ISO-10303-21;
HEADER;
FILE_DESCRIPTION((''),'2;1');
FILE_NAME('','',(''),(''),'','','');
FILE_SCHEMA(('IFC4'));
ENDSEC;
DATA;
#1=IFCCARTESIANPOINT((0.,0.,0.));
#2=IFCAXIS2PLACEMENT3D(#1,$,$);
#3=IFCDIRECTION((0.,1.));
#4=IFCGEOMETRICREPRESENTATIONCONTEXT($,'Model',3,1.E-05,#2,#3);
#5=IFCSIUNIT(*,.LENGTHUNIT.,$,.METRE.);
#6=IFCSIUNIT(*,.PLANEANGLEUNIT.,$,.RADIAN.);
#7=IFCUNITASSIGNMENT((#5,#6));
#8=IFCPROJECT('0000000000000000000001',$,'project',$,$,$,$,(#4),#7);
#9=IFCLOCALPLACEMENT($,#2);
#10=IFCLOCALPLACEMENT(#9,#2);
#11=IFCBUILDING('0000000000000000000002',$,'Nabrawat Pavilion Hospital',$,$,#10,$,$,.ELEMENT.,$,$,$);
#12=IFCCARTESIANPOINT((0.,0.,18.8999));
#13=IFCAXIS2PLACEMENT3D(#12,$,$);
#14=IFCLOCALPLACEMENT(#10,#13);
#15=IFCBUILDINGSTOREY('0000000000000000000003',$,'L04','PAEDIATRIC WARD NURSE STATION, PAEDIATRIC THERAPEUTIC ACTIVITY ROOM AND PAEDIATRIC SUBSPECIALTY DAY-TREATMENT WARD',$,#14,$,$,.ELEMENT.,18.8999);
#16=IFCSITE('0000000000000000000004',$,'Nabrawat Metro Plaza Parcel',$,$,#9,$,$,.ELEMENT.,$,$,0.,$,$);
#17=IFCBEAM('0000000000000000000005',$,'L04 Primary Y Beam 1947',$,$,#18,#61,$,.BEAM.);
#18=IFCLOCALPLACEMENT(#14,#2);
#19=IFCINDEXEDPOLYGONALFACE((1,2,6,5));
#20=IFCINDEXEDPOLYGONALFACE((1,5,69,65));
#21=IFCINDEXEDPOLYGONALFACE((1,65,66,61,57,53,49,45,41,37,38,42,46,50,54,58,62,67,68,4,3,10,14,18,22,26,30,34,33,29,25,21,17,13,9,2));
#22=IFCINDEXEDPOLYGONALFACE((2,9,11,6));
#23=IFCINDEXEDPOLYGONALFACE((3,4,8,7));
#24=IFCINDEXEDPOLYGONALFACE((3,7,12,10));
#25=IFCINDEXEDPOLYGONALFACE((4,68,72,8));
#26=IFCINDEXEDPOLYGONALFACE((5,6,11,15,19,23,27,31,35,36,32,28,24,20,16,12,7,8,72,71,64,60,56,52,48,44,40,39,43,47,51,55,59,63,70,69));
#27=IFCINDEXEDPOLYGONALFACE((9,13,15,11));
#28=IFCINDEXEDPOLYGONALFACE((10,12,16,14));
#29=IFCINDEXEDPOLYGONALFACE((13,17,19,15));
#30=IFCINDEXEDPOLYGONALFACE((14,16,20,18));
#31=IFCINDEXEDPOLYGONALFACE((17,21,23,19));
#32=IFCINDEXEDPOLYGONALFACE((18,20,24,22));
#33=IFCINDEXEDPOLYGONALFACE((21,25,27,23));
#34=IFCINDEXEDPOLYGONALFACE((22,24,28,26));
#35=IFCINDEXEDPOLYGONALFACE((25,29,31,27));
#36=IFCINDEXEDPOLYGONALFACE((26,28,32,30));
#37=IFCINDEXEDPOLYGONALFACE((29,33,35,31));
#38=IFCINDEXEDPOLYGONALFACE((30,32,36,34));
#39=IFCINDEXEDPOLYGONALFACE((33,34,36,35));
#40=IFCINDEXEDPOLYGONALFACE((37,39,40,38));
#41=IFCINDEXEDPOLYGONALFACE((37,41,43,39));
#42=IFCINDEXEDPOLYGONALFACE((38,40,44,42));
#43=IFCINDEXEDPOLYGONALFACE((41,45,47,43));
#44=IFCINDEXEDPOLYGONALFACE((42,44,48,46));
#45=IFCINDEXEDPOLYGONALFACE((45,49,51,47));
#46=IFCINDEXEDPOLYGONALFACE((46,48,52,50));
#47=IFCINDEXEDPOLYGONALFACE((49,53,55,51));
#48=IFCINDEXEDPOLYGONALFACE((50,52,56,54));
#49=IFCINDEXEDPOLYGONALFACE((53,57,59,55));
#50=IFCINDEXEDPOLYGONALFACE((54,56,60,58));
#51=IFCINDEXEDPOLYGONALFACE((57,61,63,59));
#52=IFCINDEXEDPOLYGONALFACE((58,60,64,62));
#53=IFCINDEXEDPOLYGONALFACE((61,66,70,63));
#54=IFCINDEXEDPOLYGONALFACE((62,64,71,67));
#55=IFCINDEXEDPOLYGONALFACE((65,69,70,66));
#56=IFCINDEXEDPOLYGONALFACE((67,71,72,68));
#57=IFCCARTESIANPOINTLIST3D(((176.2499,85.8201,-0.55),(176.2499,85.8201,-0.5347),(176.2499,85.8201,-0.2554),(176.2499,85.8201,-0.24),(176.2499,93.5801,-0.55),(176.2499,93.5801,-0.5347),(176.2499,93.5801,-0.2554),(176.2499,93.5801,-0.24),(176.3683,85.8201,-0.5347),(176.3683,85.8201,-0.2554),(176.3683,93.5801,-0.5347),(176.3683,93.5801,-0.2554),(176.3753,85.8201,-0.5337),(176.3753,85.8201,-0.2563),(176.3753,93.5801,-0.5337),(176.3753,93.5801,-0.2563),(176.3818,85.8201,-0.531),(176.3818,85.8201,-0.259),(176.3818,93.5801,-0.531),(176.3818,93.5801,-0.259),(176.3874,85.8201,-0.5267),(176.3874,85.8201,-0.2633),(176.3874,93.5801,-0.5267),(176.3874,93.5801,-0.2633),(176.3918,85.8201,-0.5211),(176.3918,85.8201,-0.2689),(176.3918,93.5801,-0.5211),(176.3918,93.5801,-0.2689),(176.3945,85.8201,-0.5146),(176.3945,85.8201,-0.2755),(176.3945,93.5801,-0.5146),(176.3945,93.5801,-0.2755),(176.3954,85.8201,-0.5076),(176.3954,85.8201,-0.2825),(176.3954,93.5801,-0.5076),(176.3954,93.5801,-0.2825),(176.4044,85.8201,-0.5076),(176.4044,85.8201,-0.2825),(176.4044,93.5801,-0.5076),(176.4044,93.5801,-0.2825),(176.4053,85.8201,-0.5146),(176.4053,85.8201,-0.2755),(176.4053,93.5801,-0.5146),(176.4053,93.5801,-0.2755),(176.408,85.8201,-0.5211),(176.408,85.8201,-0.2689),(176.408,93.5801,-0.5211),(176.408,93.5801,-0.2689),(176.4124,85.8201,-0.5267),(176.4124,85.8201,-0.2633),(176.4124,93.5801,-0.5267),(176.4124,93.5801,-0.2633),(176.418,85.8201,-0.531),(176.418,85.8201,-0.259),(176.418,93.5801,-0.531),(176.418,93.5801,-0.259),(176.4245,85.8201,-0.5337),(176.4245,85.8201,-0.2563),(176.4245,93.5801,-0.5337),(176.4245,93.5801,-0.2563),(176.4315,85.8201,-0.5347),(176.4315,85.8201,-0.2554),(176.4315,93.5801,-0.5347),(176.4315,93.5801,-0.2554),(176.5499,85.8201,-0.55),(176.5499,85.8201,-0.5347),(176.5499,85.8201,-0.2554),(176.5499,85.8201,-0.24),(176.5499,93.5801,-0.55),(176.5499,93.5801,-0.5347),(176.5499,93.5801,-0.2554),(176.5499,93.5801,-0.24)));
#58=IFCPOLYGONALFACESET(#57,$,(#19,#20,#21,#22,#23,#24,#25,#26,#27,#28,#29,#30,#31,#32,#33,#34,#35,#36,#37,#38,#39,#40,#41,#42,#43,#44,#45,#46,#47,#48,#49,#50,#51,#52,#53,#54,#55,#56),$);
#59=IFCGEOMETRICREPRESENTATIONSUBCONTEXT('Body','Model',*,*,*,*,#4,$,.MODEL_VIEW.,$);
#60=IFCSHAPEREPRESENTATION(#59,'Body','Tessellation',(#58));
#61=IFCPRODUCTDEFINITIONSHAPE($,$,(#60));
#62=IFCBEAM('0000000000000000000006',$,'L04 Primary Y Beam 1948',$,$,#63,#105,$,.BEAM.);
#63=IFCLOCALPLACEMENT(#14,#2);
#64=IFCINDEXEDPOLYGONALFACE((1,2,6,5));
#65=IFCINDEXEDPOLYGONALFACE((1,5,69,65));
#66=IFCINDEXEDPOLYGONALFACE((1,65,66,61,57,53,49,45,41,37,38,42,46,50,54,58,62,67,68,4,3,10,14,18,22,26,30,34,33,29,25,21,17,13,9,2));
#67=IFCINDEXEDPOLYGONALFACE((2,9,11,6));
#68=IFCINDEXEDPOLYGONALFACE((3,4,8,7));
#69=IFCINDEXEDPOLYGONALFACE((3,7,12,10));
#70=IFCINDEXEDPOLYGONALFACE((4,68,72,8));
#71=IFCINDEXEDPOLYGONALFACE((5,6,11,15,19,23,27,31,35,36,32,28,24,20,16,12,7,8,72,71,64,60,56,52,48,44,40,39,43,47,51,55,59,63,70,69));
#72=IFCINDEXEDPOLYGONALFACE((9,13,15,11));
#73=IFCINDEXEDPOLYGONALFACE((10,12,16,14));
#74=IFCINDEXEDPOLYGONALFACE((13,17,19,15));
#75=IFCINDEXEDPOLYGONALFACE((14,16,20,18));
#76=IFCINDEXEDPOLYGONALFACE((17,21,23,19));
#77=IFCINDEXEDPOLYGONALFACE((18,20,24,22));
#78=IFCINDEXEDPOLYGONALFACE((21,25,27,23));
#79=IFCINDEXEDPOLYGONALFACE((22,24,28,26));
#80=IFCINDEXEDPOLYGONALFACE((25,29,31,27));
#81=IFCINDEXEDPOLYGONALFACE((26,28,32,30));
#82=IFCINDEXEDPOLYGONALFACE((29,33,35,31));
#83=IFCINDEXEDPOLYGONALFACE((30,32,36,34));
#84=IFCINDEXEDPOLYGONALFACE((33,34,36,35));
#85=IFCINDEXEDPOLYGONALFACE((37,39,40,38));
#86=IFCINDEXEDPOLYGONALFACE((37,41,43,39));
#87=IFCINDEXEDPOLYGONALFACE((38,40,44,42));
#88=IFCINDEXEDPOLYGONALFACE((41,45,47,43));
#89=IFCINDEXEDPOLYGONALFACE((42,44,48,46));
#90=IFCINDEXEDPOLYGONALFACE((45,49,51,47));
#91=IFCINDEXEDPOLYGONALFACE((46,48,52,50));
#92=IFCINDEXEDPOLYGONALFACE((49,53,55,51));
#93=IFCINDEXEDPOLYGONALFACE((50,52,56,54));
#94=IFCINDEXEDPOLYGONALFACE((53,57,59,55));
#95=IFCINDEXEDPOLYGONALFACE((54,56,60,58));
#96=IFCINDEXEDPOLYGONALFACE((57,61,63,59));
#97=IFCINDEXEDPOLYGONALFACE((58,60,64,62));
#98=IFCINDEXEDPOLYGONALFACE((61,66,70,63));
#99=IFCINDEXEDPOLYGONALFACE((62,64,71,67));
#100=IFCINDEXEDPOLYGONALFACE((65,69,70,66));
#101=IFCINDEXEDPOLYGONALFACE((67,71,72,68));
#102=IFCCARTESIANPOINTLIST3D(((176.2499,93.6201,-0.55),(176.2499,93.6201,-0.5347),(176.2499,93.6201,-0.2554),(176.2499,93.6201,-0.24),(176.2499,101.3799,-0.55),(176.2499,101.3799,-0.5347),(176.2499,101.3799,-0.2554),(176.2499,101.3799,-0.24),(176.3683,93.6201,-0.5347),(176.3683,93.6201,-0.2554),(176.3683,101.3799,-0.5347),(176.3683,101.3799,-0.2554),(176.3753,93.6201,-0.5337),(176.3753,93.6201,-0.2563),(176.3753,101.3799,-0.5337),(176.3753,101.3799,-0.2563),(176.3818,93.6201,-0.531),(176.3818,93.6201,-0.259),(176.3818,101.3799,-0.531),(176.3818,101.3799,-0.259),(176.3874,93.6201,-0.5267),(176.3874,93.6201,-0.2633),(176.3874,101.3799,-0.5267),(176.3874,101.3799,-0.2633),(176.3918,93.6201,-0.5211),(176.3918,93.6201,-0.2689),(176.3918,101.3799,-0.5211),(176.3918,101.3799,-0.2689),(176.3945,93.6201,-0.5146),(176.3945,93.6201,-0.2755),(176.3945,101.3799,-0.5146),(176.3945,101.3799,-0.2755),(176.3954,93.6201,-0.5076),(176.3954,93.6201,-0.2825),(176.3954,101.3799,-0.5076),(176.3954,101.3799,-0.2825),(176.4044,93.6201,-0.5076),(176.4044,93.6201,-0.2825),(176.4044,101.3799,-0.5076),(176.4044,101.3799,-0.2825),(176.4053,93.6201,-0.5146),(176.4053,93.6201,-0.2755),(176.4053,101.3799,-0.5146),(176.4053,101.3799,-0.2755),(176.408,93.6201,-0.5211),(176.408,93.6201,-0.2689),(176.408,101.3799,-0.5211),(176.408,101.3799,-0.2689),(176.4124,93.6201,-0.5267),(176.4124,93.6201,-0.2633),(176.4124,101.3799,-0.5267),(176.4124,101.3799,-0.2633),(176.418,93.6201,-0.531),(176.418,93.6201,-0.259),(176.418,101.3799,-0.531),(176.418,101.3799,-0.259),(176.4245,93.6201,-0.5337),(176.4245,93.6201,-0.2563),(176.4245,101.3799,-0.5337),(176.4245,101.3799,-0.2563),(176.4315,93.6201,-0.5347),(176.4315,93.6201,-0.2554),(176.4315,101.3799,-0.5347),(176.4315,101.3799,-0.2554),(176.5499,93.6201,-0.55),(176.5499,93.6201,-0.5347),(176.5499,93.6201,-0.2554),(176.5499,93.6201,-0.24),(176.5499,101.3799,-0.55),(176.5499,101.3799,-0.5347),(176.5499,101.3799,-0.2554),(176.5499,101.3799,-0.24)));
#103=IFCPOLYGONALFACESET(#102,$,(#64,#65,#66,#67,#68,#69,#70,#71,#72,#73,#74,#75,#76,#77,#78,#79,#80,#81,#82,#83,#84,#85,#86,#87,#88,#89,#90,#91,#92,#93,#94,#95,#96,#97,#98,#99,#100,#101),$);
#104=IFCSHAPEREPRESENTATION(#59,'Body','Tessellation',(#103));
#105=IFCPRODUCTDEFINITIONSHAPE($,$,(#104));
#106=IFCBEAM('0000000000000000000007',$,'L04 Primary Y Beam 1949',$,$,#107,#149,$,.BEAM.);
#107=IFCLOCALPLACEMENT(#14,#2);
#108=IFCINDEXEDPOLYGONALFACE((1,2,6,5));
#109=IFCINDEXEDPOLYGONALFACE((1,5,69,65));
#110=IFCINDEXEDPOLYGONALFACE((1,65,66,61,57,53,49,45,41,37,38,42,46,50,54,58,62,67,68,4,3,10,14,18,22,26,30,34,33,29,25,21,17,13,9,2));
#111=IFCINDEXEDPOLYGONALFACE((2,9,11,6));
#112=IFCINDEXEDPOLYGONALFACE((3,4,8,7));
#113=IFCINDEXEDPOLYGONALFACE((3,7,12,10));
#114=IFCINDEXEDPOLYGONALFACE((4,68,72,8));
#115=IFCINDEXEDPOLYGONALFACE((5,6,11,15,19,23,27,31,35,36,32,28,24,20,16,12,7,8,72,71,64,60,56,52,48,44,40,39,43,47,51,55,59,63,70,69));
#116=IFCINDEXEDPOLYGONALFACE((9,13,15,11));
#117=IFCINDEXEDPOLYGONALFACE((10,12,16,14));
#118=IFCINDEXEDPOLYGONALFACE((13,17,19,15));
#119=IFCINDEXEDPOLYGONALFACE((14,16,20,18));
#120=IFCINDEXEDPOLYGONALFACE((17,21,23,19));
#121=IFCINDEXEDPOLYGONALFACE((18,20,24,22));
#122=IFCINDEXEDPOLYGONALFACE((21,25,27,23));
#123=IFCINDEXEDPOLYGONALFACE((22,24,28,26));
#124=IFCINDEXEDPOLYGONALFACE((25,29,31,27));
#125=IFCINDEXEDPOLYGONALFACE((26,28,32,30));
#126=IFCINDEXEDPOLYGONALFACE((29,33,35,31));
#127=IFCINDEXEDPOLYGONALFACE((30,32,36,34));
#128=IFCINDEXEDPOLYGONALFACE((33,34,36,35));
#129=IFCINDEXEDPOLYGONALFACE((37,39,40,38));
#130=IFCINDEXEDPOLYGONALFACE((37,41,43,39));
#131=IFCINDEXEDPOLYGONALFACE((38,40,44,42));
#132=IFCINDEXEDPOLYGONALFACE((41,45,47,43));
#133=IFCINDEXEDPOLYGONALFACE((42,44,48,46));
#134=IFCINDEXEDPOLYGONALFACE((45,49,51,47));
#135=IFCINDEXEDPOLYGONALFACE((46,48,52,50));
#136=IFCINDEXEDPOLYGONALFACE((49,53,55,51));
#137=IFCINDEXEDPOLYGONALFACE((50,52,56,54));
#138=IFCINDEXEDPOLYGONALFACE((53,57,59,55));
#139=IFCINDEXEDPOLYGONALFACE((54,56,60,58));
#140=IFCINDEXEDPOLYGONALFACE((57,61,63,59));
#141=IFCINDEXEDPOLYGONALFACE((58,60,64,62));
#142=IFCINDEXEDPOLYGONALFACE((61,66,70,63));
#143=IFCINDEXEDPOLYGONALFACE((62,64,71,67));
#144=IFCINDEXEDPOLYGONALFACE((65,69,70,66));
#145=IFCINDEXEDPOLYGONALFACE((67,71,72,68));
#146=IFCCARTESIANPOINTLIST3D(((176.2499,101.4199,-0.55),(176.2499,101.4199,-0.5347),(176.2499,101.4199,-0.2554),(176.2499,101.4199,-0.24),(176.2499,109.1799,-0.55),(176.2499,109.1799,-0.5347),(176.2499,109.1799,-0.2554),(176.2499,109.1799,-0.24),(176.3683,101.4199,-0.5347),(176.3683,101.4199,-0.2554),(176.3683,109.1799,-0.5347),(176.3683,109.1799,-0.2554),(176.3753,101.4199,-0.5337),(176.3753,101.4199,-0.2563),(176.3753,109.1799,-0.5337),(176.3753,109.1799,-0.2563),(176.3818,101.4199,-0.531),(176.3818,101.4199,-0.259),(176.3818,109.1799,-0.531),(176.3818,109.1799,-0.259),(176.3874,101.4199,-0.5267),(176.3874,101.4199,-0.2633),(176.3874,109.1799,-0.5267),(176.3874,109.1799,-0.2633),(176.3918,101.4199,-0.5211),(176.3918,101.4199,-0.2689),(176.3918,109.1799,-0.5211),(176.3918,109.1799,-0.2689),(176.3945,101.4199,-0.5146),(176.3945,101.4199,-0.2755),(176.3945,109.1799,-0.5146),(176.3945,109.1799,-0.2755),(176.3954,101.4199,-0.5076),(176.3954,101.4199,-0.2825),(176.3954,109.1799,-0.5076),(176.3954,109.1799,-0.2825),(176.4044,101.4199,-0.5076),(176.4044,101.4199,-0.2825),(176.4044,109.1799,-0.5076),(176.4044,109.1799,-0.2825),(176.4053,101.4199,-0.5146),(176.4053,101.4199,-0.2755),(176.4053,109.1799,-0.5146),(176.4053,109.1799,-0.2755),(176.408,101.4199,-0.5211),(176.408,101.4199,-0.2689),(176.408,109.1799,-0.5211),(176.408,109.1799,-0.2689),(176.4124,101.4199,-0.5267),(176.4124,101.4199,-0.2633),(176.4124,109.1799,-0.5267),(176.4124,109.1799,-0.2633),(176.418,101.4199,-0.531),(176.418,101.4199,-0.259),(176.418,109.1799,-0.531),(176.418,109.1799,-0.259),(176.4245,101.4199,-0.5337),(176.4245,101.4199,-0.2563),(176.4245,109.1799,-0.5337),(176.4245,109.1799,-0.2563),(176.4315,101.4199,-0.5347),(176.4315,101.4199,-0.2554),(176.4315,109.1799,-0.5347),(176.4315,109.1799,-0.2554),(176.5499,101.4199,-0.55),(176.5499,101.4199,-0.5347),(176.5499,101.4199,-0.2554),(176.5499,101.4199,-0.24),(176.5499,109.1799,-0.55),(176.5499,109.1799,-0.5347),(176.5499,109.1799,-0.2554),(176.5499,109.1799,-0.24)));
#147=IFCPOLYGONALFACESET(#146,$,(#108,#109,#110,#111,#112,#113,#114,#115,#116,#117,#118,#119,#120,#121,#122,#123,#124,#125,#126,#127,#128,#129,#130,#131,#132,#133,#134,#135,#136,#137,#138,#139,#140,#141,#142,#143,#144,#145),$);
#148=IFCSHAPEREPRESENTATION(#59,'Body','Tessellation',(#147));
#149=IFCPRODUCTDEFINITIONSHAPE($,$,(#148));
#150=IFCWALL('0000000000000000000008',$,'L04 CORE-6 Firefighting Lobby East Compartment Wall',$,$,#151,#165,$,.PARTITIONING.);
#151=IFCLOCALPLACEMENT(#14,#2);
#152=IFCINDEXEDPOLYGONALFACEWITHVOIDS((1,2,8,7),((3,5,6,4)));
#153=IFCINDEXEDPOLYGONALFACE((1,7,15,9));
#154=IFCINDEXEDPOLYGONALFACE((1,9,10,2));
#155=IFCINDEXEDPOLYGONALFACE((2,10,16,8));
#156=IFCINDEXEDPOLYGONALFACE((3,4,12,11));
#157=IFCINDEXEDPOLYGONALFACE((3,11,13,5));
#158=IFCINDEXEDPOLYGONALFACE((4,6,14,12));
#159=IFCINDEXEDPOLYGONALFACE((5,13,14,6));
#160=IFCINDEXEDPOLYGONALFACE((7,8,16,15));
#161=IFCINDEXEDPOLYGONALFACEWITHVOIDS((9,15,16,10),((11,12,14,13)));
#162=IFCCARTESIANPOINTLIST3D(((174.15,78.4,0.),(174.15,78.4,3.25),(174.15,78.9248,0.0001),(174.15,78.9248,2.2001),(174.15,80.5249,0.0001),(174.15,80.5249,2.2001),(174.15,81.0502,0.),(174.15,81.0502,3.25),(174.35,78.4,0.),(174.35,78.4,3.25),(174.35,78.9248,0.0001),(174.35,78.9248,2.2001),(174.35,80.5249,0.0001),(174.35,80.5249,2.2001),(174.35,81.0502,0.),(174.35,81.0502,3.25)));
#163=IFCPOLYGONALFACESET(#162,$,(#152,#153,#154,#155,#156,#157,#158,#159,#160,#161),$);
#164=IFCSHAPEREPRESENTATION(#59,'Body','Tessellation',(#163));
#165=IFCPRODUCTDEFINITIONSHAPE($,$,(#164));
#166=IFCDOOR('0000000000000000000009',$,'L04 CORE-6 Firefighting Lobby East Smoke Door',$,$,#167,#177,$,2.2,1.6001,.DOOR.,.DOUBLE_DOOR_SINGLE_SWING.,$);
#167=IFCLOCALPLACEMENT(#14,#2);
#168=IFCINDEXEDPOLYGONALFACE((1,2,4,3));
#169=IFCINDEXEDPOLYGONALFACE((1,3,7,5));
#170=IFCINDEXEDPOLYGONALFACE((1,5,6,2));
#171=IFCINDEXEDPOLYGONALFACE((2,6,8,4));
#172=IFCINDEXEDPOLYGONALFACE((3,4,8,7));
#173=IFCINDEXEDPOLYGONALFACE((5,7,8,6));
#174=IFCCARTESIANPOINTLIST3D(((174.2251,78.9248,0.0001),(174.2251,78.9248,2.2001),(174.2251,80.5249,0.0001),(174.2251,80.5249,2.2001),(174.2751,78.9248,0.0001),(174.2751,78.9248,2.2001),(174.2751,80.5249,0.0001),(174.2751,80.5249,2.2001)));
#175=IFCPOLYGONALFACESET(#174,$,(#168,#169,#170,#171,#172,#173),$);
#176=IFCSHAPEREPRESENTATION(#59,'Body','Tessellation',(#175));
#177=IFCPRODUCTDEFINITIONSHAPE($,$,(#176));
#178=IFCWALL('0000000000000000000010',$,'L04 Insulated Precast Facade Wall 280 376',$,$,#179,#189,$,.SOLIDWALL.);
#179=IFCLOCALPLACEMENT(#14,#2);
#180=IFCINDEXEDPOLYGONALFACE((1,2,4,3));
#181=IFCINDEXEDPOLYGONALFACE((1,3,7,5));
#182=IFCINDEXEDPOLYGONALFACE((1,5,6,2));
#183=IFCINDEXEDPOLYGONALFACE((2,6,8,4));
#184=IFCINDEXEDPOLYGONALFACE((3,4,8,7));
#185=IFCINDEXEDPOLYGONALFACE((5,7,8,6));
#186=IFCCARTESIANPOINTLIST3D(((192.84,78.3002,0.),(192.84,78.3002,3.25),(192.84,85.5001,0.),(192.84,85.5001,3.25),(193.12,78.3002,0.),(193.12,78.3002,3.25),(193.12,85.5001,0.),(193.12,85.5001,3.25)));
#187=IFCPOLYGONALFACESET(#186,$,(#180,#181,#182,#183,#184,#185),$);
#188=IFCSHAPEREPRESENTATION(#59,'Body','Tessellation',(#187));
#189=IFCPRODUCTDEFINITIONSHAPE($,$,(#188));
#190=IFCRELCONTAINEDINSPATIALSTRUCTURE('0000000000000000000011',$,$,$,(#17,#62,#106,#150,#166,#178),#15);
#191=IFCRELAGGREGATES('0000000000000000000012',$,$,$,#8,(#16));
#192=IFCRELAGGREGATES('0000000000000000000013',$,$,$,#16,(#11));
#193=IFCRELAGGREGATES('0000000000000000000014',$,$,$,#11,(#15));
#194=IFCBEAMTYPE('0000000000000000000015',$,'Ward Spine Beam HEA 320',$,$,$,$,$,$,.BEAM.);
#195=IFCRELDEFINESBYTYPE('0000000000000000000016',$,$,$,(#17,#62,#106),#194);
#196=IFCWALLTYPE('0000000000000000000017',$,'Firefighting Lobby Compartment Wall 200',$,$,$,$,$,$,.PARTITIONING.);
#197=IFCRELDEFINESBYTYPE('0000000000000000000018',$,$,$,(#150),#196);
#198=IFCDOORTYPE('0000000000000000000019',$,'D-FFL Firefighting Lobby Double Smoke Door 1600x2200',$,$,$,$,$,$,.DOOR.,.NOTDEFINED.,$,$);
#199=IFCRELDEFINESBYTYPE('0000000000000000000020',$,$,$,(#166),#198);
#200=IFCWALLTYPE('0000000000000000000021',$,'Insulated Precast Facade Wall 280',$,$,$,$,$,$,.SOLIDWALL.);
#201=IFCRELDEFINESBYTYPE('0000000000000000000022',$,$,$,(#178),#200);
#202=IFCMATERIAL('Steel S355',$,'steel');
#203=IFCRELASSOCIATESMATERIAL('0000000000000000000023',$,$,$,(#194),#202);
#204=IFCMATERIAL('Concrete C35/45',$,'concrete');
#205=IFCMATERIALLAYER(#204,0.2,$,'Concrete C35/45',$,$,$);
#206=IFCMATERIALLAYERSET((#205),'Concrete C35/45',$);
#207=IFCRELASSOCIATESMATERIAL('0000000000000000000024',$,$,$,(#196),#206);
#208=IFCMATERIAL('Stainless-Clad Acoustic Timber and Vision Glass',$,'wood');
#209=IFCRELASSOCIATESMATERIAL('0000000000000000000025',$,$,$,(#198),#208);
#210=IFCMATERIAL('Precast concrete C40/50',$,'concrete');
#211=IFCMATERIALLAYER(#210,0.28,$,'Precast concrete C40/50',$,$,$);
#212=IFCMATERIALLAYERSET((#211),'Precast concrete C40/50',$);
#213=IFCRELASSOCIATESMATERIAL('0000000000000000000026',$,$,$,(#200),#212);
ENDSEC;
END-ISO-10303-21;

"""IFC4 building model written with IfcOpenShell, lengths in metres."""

from ifc_helpers import new_model, si_unit, direction, frame, frame_2d, origin, origin_2d, place, context, subcontext, project, spatial, rectangle, i_section, extrude, material, layer, layer_set, material_profile, profile_set, type_object, element, fill, save


model = new_model("IFC4")

# Units and contexts
model_context = context("Model", 3, precision=1e-05, world=origin(), true_north=direction((0.0, 1.0)))
body_context = subcontext(model_context, "Body", "Model", "MODEL_VIEW")
ifc_project = project(units=[si_unit("LENGTHUNIT", "METRE"), si_unit("PLANEANGLEUNIT", "RADIAN")], contexts=[model_context])

# Site, building, storey
site_placement = place(None, origin())
site = spatial("IfcSite", under=ifc_project, at=site_placement, Name="Nabrawat Metro Plaza Parcel", CompositionType="ELEMENT", RefElevation=0.0)
building_placement = place(site_placement, origin())
building = spatial("IfcBuilding", under=site, at=building_placement, Name="Nabrawat Pavilion Hospital", CompositionType="ELEMENT")
storey_placement = place(building_placement, frame((0.0, 0.0, 18.8999)))
storey = spatial("IfcBuildingStorey", under=building, at=storey_placement, Name="L04", Description="PAEDIATRIC WARD NURSE STATION, PAEDIATRIC THERAPEUTIC ACTIVITY ROOM AND PAEDIATRIC SUBSPECIALTY DAY-TREATMENT WARD", CompositionType="ELEMENT", Elevation=18.8999)

# Shared definitions
ifc_material_1 = material(Name="Steel S355", Category="steel")

# Beams
ifc_material_profile_1 = material_profile(ifc_material_1, i_section(OverallWidth=0.3, OverallDepth=0.3101, WebThickness=0.009, FlangeThickness=0.0154, FilletRadius=0.0271, at=origin_2d()), Name="HEA 320")
ifc_profile_set_1 = profile_set([ifc_material_profile_1], Name="Steel S355")
beam_type_1 = type_object("IfcBeamType", Name="Ward Spine Beam HEA 320", PredefinedType="BEAM", material=ifc_profile_set_1)
beam_1_placement = place(storey_placement, frame((176.3999, 85.8201, -0.395), z_axis=(0.0, 1.0, 0.0), x_axis=(-1.0, 0.0, 0.0)))
element("IfcBeam", 1, at=beam_1_placement, inside=storey, type_object=beam_type_1, Name="L04 Primary Y Beam 1947", PredefinedType="BEAM", context=body_context, shape_type="SweptSolid", body=[
    extrude(i_section(OverallWidth=0.3, OverallDepth=0.3101, WebThickness=0.009, FlangeThickness=0.0154, FilletRadius=0.0271, at=origin_2d()), origin(), (0.0, 0.0, 1.0), 7.76),
])
beam_2_placement = place(storey_placement, frame((176.3999, 93.6201, -0.395), z_axis=(0.0, 1.0, 0.0), x_axis=(-1.0, 0.0, 0.0)))
element("IfcBeam", 2, at=beam_2_placement, inside=storey, type_object=beam_type_1, Name="L04 Primary Y Beam 1948", PredefinedType="BEAM", context=body_context, shape_type="SweptSolid", body=[
    extrude(i_section(OverallWidth=0.3, OverallDepth=0.3101, WebThickness=0.009, FlangeThickness=0.0154, FilletRadius=0.0271, at=origin_2d()), origin(), (0.0, 0.0, 1.0), 7.7598),
])
beam_3_placement = place(storey_placement, frame((176.3999, 101.4199, -0.395), z_axis=(0.0, 1.0, 0.0), x_axis=(-1.0, 0.0, 0.0)))
element("IfcBeam", 3, at=beam_3_placement, inside=storey, type_object=beam_type_1, Name="L04 Primary Y Beam 1949", PredefinedType="BEAM", context=body_context, shape_type="SweptSolid", body=[
    extrude(i_section(OverallWidth=0.3, OverallDepth=0.3101, WebThickness=0.009, FlangeThickness=0.0154, FilletRadius=0.0271, at=origin_2d()), origin(), (0.0, 0.0, 1.0), 7.76),
])

# Wall, opening, door
ifc_material_2 = material(Name="Concrete C35/45", Category="concrete")
ifc_layer_1 = layer(ifc_material_2, 0.2, Name="Concrete C35/45")
ifc_layer_set_1 = layer_set([ifc_layer_1], Name="Concrete C35/45")
wall_type_1 = type_object("IfcWallType", Name="Firefighting Lobby Compartment Wall 200", PredefinedType="PARTITIONING", material=ifc_layer_set_1)
wall_1_placement = place(storey_placement, frame((174.25, 78.3999, 0.0), z_axis=(0.0, 0.0, 1.0), x_axis=(0.0, 1.0, 0.0)))
wall_1 = element("IfcWall", 4, at=wall_1_placement, inside=storey, type_object=wall_type_1, Name="L04 CORE-6 Firefighting Lobby East Compartment Wall", PredefinedType="PARTITIONING", context=body_context, shape_type="SweptSolid", body=[
    extrude(rectangle(XDim=2.6501, YDim=0.2, at=frame_2d((1.3252, 0.0))), origin(), (0.0, 0.0, 1.0), 3.25),
])
opening_1_placement = place(wall_1_placement, frame((0.5249, 0.0, 0.0)))
opening_1 = element("IfcOpeningElement", 5, at=opening_1_placement, cuts=wall_1, PredefinedType="OPENING", context=body_context, shape_type="SweptSolid", body=[
    extrude(rectangle(XDim=1.6001, YDim=2.2, at=frame_2d((0.8, 1.1001))), frame((0.0, 0.1099, 0.0), z_axis=(0.0, -1.0, 0.0), x_axis=(1.0, 0.0, 0.0)), (0.0, 0.0, 1.0), 0.22),
])
ifc_material_3 = material(Name="Stainless-Clad Acoustic Timber and Vision Glass", Category="wood")
door_type = type_object("IfcDoorType", Name="D-FFL Firefighting Lobby Double Smoke Door 1600x2200", OperationType="NOTDEFINED", PredefinedType="DOOR", material=ifc_material_3)
door_placement = place(opening_1_placement, origin())
door = element("IfcDoor", 6, at=door_placement, inside=storey, type_object=door_type, Name="L04 CORE-6 Firefighting Lobby East Smoke Door", OperationType="DOUBLE_DOOR_SINGLE_SWING", OverallHeight=2.2, OverallWidth=1.6001, PredefinedType="DOOR", context=body_context, shape_type="SweptSolid", body=[
    extrude(rectangle(XDim=1.6001, YDim=2.2, at=frame_2d((0.8, 1.1001))), frame((0.0, 0.0249, 0.0), z_axis=(0.0, -1.0, 0.0), x_axis=(1.0, 0.0, 0.0)), (0.0, 0.0, 1.0), 0.05),
])
fill(opening_1, door)

# Wall
ifc_material_4 = material(Name="Precast concrete C40/50", Category="concrete")
ifc_layer_2 = layer(ifc_material_4, 0.28, Name="Precast concrete C40/50")
ifc_layer_set_2 = layer_set([ifc_layer_2], Name="Precast concrete C40/50")
wall_type_2 = type_object("IfcWallType", Name="Insulated Precast Facade Wall 280", PredefinedType="SOLIDWALL", material=ifc_layer_set_2)
for number, where, z_axis, x_axis, name in (
    (7, (192.98, 78.3, 0.0), (0.0, 0.0, 1.0), (0.0, 1.0, 0.0), "L04 Insulated Precast Facade Wall 280 376"),
):
    element("IfcWall", number, at=place(storey_placement, frame(where, z_axis=z_axis, x_axis=x_axis)), inside=storey, type_object=wall_type_2, Name=name, PredefinedType="SOLIDWALL", context=body_context, shape_type="SweptSolid", body=[
        extrude(rectangle(XDim=7.2, YDim=0.28, at=frame_2d((3.6001, 0.0))), origin(), (0.0, 0.0, 1.0), 3.25),
    ])

save(model, "model.ifc")
